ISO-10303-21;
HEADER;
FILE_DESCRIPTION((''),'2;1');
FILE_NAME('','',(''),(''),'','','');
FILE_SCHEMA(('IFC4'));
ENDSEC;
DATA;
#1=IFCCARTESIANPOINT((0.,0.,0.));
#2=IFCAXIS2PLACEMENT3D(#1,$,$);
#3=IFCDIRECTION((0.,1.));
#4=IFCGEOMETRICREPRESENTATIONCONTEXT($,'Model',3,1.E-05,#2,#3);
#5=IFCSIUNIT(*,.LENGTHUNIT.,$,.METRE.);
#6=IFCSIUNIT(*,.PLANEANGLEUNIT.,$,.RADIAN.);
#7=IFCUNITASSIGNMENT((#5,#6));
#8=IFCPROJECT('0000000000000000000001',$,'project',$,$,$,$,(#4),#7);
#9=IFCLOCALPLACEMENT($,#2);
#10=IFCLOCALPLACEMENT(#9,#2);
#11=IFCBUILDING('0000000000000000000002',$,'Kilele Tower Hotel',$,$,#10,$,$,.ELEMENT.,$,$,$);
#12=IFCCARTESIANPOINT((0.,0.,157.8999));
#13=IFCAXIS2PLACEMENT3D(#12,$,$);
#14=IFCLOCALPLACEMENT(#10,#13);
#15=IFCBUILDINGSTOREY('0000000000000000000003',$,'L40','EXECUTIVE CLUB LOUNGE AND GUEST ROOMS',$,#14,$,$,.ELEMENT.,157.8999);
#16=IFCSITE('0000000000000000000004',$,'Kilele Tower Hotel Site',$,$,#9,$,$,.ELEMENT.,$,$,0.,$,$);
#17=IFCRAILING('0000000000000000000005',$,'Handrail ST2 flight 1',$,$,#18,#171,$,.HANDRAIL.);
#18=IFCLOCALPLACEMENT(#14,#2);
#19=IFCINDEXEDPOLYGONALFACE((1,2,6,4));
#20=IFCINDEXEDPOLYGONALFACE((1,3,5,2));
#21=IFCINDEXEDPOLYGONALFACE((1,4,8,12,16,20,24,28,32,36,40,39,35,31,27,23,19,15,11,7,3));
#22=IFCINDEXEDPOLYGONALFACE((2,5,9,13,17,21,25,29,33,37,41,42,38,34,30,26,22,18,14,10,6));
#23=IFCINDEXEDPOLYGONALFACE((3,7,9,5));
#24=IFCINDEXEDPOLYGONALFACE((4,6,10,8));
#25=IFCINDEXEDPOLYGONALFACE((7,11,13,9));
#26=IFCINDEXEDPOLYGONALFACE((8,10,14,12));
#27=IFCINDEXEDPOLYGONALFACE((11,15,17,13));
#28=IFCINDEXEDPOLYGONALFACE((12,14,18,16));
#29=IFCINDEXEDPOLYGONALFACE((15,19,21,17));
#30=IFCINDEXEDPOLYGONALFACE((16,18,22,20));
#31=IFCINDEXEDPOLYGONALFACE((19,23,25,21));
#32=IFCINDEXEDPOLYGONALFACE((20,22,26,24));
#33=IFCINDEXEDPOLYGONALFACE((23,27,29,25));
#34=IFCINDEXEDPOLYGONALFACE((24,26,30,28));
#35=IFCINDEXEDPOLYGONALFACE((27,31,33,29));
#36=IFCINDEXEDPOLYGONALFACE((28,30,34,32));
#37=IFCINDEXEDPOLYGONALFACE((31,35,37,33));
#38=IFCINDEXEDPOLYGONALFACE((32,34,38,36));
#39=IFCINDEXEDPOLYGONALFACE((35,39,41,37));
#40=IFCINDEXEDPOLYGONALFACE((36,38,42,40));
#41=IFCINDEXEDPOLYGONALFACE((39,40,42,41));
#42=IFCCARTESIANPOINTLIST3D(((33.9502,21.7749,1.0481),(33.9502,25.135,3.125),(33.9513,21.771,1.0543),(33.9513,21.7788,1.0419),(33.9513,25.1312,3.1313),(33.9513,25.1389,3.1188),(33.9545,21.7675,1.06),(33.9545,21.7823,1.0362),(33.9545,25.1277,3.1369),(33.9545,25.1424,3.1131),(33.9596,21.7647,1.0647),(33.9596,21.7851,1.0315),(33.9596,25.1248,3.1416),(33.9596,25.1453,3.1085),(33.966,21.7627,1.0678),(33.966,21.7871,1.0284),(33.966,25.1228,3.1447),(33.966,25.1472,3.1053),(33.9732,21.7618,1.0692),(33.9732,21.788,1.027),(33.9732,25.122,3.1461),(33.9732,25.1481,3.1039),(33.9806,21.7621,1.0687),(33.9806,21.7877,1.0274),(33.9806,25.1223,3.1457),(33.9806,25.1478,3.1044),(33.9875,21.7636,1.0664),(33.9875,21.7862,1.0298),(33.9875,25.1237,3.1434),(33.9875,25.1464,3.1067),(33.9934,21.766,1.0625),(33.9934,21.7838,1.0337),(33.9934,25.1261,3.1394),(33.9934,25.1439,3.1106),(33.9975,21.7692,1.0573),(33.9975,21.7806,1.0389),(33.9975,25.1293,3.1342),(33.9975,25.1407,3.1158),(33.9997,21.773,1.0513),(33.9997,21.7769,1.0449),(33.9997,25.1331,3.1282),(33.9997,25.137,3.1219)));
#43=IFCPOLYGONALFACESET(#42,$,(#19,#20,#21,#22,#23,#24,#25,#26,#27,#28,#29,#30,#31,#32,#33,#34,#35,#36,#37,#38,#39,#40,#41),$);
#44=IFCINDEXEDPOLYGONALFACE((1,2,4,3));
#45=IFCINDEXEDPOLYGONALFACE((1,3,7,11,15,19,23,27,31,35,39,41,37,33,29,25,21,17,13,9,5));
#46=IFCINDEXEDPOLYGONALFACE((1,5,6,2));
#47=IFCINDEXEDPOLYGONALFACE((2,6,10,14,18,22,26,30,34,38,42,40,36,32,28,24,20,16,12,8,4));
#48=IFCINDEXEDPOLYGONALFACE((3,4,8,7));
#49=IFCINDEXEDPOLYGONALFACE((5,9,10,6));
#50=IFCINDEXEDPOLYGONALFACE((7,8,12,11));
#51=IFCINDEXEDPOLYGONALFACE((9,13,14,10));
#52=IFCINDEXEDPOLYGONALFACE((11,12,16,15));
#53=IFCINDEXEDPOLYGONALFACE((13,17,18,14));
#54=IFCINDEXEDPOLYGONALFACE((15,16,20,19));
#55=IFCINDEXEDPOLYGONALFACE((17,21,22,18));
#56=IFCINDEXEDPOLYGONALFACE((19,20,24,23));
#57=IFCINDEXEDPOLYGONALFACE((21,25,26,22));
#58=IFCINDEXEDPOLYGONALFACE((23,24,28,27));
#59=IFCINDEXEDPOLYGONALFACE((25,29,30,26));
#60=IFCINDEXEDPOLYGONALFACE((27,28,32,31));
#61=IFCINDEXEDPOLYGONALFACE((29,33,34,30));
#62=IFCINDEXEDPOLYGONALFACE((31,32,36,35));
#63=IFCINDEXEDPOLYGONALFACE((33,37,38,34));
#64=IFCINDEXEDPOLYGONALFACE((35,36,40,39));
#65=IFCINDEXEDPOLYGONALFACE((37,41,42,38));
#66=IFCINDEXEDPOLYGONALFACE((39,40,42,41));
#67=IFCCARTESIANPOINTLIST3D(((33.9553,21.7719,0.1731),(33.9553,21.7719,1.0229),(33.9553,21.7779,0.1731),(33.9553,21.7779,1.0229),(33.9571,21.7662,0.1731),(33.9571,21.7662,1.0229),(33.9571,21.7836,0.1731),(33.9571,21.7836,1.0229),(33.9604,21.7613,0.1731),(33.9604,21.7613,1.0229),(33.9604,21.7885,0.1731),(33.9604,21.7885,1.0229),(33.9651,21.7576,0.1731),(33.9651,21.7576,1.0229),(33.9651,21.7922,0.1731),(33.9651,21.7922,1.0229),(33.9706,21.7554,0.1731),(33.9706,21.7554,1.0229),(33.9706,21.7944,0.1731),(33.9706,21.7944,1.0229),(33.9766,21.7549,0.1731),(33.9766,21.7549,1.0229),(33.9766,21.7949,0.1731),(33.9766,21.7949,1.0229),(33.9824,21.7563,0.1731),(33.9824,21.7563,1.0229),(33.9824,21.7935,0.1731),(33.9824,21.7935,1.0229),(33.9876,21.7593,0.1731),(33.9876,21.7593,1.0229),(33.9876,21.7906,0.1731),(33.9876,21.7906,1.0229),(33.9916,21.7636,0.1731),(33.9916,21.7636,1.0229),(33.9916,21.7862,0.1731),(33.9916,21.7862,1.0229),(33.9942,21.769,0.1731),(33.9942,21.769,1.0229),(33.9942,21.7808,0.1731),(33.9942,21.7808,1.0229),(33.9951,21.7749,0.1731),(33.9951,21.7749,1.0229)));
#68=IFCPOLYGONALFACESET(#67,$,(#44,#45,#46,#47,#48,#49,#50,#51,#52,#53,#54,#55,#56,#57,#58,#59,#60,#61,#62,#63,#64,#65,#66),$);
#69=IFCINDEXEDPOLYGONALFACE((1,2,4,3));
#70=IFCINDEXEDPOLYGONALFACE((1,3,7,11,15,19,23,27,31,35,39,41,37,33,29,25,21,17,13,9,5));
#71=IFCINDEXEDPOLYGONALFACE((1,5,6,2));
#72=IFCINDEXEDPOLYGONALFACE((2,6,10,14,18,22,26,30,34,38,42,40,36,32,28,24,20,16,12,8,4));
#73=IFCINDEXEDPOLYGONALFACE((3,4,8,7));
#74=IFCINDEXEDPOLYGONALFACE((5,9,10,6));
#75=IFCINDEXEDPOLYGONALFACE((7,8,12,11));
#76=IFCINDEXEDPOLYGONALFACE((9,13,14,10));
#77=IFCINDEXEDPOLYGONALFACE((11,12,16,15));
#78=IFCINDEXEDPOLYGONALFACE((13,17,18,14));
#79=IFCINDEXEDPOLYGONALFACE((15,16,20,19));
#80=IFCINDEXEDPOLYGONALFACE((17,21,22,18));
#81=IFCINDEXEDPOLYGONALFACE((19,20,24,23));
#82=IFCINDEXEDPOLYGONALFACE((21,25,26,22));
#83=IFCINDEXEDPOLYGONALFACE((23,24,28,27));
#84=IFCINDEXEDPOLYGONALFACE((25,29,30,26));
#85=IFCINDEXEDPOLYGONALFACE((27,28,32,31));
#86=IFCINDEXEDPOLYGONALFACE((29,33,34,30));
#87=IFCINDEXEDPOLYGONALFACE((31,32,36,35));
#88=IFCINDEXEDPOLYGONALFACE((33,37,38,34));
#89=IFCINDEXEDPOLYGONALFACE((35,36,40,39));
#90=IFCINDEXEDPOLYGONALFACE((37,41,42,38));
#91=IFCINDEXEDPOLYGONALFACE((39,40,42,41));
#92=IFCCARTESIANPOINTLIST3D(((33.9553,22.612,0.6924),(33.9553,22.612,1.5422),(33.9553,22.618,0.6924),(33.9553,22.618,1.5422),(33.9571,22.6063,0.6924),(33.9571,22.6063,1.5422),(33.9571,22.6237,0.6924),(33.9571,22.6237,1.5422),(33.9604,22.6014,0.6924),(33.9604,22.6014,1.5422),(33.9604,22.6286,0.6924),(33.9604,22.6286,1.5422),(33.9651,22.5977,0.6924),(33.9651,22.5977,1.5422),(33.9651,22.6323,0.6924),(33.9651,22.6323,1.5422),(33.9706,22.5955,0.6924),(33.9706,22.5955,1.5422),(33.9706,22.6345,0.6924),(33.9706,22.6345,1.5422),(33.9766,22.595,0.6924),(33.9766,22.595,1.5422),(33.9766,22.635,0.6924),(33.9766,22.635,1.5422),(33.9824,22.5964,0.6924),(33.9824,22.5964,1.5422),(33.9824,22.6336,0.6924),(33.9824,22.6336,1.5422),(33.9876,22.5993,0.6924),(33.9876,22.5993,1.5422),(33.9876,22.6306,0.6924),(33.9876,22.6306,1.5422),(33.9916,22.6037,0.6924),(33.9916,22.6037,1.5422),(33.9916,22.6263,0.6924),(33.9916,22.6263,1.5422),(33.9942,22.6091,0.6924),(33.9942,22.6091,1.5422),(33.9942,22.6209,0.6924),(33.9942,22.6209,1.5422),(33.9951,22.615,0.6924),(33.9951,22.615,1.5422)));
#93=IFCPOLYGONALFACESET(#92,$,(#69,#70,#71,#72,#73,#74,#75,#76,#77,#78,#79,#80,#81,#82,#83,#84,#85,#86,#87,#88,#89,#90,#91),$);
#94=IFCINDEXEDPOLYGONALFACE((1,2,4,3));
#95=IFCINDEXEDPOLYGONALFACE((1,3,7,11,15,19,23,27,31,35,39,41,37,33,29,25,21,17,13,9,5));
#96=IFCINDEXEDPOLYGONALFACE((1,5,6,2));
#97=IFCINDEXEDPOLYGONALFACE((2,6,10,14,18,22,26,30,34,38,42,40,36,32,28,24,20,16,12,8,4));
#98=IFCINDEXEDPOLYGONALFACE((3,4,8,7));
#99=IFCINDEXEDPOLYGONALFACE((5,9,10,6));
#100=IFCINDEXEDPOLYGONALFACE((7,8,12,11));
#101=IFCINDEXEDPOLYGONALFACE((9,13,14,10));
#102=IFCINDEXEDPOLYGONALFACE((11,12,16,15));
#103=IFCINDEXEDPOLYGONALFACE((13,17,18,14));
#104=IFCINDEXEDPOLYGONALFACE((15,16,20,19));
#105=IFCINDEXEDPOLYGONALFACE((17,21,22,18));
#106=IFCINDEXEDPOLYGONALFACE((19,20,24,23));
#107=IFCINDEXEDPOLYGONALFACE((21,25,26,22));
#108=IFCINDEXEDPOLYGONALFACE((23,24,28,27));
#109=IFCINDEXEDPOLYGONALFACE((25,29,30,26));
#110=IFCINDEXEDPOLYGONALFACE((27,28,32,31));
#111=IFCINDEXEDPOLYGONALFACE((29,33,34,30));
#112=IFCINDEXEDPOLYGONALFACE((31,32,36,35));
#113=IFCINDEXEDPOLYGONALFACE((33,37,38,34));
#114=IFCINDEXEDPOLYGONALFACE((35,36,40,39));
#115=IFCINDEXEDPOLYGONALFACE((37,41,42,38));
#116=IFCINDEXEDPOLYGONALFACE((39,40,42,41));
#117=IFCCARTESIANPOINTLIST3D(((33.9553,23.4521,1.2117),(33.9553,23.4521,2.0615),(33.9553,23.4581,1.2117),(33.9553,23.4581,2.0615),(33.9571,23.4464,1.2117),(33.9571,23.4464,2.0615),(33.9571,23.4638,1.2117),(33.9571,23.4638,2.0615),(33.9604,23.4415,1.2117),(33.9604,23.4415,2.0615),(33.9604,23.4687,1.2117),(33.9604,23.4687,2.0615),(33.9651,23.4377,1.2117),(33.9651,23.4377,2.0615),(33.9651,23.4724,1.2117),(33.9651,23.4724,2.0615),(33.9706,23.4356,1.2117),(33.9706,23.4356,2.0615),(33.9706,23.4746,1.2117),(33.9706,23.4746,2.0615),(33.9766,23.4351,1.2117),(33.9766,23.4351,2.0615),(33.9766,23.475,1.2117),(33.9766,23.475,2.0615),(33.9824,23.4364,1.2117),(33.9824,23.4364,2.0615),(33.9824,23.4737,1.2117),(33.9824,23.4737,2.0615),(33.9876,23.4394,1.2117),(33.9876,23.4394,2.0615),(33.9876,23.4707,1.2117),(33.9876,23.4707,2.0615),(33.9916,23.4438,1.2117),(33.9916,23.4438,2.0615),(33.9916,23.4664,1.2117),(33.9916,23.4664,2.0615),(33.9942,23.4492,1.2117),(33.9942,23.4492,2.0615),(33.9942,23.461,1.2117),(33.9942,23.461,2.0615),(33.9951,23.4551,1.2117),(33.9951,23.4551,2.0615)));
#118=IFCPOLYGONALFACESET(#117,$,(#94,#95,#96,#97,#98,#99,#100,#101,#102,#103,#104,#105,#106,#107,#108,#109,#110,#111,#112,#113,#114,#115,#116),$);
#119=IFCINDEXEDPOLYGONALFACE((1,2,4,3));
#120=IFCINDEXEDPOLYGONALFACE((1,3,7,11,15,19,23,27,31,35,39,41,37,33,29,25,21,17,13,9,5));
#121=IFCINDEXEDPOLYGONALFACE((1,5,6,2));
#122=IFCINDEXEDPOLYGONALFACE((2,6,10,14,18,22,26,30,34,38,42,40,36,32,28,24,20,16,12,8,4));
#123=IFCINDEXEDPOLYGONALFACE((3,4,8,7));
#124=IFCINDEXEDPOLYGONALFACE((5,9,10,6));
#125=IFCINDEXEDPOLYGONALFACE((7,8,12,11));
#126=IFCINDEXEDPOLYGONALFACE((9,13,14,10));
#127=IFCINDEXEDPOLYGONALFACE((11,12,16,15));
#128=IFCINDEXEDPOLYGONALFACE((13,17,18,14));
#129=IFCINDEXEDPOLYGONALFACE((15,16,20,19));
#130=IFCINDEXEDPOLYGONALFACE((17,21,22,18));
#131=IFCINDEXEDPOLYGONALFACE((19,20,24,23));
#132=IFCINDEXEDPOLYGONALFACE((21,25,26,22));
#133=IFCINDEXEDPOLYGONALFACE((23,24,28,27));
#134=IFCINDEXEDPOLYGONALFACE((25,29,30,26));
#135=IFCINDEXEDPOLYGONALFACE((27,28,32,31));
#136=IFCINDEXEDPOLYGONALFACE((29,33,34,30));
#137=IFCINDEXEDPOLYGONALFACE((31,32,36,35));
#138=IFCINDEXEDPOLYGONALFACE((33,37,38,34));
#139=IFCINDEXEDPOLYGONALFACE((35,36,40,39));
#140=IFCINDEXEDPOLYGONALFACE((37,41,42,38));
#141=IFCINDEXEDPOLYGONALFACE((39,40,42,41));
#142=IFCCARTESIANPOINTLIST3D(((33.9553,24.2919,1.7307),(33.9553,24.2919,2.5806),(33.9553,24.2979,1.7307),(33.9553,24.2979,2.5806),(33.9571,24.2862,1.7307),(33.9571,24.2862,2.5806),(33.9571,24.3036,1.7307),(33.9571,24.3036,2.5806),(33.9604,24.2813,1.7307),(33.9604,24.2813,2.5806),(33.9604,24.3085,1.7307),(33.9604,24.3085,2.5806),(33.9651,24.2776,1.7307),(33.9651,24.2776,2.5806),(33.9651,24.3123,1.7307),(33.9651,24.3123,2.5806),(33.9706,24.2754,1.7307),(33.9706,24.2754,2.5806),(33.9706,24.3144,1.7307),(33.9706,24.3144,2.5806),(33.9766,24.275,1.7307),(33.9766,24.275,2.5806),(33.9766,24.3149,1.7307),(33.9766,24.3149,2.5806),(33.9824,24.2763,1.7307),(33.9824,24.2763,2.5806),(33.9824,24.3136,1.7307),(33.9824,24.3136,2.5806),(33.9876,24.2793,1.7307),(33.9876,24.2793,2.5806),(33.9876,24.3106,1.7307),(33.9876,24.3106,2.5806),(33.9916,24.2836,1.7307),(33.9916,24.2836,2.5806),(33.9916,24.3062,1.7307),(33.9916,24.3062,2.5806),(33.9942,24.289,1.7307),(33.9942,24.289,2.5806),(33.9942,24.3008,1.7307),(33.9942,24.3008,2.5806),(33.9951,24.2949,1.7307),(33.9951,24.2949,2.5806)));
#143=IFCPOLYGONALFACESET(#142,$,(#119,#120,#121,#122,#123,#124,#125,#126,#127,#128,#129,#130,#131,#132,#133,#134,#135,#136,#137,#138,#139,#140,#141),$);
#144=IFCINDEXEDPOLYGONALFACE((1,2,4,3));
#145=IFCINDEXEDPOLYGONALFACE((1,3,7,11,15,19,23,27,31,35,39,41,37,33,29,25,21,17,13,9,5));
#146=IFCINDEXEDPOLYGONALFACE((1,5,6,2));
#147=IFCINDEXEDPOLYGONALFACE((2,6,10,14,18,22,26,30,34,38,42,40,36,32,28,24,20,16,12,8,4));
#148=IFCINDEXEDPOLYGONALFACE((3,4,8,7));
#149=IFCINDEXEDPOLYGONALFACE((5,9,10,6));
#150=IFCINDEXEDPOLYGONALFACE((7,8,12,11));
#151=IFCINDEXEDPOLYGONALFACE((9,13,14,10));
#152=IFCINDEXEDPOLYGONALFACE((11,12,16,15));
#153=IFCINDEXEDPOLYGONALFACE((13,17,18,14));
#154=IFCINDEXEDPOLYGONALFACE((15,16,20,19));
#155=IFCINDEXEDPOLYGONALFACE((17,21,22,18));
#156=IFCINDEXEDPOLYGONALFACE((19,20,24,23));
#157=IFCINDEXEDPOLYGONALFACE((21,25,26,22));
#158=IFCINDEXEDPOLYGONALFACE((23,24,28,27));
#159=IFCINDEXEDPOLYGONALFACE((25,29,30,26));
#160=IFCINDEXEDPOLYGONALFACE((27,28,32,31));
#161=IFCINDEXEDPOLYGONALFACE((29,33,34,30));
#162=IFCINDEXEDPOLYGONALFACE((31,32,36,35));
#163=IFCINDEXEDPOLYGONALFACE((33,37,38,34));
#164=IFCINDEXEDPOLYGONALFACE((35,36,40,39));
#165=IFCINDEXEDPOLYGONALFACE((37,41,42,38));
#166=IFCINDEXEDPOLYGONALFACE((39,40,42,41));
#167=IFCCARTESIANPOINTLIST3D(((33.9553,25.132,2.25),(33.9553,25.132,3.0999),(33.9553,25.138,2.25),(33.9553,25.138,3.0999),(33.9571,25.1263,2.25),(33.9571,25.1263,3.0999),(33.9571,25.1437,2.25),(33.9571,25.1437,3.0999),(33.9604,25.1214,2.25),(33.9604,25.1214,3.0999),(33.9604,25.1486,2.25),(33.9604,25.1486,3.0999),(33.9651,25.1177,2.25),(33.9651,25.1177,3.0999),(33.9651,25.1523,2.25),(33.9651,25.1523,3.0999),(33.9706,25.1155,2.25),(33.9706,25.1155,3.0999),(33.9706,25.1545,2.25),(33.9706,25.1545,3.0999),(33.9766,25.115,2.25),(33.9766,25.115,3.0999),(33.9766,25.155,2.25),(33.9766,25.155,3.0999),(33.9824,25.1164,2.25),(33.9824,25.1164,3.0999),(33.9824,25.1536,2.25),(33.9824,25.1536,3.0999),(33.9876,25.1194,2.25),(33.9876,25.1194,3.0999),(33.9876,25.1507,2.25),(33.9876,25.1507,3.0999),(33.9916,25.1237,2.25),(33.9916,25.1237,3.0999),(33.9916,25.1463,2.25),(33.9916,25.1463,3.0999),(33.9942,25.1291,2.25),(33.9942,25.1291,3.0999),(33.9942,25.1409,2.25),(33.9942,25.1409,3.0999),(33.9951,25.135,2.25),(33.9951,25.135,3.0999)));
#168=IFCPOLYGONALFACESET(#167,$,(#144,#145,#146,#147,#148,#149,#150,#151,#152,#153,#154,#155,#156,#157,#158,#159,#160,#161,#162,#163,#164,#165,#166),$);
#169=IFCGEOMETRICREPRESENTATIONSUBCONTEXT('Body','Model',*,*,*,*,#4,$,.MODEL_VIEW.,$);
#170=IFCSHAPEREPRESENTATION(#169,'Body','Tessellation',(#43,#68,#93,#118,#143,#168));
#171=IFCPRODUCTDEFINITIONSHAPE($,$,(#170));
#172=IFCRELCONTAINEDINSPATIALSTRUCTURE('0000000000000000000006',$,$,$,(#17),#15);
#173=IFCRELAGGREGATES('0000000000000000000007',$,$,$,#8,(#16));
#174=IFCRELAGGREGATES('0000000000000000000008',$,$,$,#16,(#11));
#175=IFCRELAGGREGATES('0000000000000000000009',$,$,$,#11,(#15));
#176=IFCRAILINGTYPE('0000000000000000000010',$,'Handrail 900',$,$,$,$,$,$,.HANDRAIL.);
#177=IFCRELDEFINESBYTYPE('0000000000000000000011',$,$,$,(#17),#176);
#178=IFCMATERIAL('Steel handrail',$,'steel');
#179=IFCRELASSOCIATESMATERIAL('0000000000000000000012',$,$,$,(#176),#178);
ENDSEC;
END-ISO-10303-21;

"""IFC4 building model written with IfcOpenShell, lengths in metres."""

from ifc_helpers import new_model, si_unit, direction, frame, origin, origin_2d, place, context, subcontext, project, spatial, circle, extrude, material, type_object, element, save


model = new_model("IFC4")

# Units and contexts
model_context = context("Model", 3, precision=1e-05, world=origin(), true_north=direction((0.0, 1.0)))
body_context = subcontext(model_context, "Body", "Model", "MODEL_VIEW")
ifc_project = project(units=[si_unit("LENGTHUNIT", "METRE"), si_unit("PLANEANGLEUNIT", "RADIAN")], contexts=[model_context])

# Site, building, storey
site_placement = place(None, origin())
site = spatial("IfcSite", under=ifc_project, at=site_placement, Name="Kilele Tower Hotel Site", CompositionType="ELEMENT", RefElevation=0.0)
building_placement = place(site_placement, origin())
building = spatial("IfcBuilding", under=site, at=building_placement, Name="Kilele Tower Hotel", CompositionType="ELEMENT")
storey_placement = place(building_placement, frame((0.0, 0.0, 157.8999)))
storey = spatial("IfcBuildingStorey", under=building, at=storey_placement, Name="L40", Description="EXECUTIVE CLUB LOUNGE AND GUEST ROOMS", CompositionType="ELEMENT", Elevation=157.8999)

# Railing
ifc_material_1 = material(Name="Steel handrail", Category="steel")
railing_type_1 = type_object("IfcRailingType", Name="Handrail 900", PredefinedType="HANDRAIL", material=ifc_material_1)
for number, where, name in (
    (1, (33.9751, 21.7749, 0.1731), "Handrail ST2 flight 1"),
):
    element("IfcRailing", number, at=place(storey_placement, frame(where)), inside=storey, type_object=railing_type_1, Name=name, PredefinedType="HANDRAIL", context=body_context, shape_type="SweptSolid", body=[
        extrude(circle(Radius=0.0249, at=origin_2d()), frame((0.0, 0.0, 0.875), z_axis=(0.0, 0.850623, 0.525776), x_axis=(-1.0, 0.0, 0.0)), (0.0, 0.0, 1.0), 3.9502),
        extrude(circle(Radius=0.02, at=origin_2d()), origin(), (0.0, 0.0, 1.0), 0.8499),
        extrude(circle(Radius=0.02, at=origin_2d()), frame((0.0, 0.8401, 0.5193)), (0.0, 0.0, 1.0), 0.8499),
        extrude(circle(Radius=0.02, at=origin_2d()), frame((0.0, 1.6802, 1.0386)), (0.0, 0.0, 1.0), 0.8499),
        extrude(circle(Radius=0.02, at=origin_2d()), frame((0.0, 2.52, 1.5576)), (0.0, 0.0, 1.0), 0.8499),
        extrude(circle(Radius=0.02, at=origin_2d()), frame((0.0, 3.3601, 2.0769)), (0.0, 0.0, 1.0), 0.8499),
    ])

save(model, "model.ifc")
